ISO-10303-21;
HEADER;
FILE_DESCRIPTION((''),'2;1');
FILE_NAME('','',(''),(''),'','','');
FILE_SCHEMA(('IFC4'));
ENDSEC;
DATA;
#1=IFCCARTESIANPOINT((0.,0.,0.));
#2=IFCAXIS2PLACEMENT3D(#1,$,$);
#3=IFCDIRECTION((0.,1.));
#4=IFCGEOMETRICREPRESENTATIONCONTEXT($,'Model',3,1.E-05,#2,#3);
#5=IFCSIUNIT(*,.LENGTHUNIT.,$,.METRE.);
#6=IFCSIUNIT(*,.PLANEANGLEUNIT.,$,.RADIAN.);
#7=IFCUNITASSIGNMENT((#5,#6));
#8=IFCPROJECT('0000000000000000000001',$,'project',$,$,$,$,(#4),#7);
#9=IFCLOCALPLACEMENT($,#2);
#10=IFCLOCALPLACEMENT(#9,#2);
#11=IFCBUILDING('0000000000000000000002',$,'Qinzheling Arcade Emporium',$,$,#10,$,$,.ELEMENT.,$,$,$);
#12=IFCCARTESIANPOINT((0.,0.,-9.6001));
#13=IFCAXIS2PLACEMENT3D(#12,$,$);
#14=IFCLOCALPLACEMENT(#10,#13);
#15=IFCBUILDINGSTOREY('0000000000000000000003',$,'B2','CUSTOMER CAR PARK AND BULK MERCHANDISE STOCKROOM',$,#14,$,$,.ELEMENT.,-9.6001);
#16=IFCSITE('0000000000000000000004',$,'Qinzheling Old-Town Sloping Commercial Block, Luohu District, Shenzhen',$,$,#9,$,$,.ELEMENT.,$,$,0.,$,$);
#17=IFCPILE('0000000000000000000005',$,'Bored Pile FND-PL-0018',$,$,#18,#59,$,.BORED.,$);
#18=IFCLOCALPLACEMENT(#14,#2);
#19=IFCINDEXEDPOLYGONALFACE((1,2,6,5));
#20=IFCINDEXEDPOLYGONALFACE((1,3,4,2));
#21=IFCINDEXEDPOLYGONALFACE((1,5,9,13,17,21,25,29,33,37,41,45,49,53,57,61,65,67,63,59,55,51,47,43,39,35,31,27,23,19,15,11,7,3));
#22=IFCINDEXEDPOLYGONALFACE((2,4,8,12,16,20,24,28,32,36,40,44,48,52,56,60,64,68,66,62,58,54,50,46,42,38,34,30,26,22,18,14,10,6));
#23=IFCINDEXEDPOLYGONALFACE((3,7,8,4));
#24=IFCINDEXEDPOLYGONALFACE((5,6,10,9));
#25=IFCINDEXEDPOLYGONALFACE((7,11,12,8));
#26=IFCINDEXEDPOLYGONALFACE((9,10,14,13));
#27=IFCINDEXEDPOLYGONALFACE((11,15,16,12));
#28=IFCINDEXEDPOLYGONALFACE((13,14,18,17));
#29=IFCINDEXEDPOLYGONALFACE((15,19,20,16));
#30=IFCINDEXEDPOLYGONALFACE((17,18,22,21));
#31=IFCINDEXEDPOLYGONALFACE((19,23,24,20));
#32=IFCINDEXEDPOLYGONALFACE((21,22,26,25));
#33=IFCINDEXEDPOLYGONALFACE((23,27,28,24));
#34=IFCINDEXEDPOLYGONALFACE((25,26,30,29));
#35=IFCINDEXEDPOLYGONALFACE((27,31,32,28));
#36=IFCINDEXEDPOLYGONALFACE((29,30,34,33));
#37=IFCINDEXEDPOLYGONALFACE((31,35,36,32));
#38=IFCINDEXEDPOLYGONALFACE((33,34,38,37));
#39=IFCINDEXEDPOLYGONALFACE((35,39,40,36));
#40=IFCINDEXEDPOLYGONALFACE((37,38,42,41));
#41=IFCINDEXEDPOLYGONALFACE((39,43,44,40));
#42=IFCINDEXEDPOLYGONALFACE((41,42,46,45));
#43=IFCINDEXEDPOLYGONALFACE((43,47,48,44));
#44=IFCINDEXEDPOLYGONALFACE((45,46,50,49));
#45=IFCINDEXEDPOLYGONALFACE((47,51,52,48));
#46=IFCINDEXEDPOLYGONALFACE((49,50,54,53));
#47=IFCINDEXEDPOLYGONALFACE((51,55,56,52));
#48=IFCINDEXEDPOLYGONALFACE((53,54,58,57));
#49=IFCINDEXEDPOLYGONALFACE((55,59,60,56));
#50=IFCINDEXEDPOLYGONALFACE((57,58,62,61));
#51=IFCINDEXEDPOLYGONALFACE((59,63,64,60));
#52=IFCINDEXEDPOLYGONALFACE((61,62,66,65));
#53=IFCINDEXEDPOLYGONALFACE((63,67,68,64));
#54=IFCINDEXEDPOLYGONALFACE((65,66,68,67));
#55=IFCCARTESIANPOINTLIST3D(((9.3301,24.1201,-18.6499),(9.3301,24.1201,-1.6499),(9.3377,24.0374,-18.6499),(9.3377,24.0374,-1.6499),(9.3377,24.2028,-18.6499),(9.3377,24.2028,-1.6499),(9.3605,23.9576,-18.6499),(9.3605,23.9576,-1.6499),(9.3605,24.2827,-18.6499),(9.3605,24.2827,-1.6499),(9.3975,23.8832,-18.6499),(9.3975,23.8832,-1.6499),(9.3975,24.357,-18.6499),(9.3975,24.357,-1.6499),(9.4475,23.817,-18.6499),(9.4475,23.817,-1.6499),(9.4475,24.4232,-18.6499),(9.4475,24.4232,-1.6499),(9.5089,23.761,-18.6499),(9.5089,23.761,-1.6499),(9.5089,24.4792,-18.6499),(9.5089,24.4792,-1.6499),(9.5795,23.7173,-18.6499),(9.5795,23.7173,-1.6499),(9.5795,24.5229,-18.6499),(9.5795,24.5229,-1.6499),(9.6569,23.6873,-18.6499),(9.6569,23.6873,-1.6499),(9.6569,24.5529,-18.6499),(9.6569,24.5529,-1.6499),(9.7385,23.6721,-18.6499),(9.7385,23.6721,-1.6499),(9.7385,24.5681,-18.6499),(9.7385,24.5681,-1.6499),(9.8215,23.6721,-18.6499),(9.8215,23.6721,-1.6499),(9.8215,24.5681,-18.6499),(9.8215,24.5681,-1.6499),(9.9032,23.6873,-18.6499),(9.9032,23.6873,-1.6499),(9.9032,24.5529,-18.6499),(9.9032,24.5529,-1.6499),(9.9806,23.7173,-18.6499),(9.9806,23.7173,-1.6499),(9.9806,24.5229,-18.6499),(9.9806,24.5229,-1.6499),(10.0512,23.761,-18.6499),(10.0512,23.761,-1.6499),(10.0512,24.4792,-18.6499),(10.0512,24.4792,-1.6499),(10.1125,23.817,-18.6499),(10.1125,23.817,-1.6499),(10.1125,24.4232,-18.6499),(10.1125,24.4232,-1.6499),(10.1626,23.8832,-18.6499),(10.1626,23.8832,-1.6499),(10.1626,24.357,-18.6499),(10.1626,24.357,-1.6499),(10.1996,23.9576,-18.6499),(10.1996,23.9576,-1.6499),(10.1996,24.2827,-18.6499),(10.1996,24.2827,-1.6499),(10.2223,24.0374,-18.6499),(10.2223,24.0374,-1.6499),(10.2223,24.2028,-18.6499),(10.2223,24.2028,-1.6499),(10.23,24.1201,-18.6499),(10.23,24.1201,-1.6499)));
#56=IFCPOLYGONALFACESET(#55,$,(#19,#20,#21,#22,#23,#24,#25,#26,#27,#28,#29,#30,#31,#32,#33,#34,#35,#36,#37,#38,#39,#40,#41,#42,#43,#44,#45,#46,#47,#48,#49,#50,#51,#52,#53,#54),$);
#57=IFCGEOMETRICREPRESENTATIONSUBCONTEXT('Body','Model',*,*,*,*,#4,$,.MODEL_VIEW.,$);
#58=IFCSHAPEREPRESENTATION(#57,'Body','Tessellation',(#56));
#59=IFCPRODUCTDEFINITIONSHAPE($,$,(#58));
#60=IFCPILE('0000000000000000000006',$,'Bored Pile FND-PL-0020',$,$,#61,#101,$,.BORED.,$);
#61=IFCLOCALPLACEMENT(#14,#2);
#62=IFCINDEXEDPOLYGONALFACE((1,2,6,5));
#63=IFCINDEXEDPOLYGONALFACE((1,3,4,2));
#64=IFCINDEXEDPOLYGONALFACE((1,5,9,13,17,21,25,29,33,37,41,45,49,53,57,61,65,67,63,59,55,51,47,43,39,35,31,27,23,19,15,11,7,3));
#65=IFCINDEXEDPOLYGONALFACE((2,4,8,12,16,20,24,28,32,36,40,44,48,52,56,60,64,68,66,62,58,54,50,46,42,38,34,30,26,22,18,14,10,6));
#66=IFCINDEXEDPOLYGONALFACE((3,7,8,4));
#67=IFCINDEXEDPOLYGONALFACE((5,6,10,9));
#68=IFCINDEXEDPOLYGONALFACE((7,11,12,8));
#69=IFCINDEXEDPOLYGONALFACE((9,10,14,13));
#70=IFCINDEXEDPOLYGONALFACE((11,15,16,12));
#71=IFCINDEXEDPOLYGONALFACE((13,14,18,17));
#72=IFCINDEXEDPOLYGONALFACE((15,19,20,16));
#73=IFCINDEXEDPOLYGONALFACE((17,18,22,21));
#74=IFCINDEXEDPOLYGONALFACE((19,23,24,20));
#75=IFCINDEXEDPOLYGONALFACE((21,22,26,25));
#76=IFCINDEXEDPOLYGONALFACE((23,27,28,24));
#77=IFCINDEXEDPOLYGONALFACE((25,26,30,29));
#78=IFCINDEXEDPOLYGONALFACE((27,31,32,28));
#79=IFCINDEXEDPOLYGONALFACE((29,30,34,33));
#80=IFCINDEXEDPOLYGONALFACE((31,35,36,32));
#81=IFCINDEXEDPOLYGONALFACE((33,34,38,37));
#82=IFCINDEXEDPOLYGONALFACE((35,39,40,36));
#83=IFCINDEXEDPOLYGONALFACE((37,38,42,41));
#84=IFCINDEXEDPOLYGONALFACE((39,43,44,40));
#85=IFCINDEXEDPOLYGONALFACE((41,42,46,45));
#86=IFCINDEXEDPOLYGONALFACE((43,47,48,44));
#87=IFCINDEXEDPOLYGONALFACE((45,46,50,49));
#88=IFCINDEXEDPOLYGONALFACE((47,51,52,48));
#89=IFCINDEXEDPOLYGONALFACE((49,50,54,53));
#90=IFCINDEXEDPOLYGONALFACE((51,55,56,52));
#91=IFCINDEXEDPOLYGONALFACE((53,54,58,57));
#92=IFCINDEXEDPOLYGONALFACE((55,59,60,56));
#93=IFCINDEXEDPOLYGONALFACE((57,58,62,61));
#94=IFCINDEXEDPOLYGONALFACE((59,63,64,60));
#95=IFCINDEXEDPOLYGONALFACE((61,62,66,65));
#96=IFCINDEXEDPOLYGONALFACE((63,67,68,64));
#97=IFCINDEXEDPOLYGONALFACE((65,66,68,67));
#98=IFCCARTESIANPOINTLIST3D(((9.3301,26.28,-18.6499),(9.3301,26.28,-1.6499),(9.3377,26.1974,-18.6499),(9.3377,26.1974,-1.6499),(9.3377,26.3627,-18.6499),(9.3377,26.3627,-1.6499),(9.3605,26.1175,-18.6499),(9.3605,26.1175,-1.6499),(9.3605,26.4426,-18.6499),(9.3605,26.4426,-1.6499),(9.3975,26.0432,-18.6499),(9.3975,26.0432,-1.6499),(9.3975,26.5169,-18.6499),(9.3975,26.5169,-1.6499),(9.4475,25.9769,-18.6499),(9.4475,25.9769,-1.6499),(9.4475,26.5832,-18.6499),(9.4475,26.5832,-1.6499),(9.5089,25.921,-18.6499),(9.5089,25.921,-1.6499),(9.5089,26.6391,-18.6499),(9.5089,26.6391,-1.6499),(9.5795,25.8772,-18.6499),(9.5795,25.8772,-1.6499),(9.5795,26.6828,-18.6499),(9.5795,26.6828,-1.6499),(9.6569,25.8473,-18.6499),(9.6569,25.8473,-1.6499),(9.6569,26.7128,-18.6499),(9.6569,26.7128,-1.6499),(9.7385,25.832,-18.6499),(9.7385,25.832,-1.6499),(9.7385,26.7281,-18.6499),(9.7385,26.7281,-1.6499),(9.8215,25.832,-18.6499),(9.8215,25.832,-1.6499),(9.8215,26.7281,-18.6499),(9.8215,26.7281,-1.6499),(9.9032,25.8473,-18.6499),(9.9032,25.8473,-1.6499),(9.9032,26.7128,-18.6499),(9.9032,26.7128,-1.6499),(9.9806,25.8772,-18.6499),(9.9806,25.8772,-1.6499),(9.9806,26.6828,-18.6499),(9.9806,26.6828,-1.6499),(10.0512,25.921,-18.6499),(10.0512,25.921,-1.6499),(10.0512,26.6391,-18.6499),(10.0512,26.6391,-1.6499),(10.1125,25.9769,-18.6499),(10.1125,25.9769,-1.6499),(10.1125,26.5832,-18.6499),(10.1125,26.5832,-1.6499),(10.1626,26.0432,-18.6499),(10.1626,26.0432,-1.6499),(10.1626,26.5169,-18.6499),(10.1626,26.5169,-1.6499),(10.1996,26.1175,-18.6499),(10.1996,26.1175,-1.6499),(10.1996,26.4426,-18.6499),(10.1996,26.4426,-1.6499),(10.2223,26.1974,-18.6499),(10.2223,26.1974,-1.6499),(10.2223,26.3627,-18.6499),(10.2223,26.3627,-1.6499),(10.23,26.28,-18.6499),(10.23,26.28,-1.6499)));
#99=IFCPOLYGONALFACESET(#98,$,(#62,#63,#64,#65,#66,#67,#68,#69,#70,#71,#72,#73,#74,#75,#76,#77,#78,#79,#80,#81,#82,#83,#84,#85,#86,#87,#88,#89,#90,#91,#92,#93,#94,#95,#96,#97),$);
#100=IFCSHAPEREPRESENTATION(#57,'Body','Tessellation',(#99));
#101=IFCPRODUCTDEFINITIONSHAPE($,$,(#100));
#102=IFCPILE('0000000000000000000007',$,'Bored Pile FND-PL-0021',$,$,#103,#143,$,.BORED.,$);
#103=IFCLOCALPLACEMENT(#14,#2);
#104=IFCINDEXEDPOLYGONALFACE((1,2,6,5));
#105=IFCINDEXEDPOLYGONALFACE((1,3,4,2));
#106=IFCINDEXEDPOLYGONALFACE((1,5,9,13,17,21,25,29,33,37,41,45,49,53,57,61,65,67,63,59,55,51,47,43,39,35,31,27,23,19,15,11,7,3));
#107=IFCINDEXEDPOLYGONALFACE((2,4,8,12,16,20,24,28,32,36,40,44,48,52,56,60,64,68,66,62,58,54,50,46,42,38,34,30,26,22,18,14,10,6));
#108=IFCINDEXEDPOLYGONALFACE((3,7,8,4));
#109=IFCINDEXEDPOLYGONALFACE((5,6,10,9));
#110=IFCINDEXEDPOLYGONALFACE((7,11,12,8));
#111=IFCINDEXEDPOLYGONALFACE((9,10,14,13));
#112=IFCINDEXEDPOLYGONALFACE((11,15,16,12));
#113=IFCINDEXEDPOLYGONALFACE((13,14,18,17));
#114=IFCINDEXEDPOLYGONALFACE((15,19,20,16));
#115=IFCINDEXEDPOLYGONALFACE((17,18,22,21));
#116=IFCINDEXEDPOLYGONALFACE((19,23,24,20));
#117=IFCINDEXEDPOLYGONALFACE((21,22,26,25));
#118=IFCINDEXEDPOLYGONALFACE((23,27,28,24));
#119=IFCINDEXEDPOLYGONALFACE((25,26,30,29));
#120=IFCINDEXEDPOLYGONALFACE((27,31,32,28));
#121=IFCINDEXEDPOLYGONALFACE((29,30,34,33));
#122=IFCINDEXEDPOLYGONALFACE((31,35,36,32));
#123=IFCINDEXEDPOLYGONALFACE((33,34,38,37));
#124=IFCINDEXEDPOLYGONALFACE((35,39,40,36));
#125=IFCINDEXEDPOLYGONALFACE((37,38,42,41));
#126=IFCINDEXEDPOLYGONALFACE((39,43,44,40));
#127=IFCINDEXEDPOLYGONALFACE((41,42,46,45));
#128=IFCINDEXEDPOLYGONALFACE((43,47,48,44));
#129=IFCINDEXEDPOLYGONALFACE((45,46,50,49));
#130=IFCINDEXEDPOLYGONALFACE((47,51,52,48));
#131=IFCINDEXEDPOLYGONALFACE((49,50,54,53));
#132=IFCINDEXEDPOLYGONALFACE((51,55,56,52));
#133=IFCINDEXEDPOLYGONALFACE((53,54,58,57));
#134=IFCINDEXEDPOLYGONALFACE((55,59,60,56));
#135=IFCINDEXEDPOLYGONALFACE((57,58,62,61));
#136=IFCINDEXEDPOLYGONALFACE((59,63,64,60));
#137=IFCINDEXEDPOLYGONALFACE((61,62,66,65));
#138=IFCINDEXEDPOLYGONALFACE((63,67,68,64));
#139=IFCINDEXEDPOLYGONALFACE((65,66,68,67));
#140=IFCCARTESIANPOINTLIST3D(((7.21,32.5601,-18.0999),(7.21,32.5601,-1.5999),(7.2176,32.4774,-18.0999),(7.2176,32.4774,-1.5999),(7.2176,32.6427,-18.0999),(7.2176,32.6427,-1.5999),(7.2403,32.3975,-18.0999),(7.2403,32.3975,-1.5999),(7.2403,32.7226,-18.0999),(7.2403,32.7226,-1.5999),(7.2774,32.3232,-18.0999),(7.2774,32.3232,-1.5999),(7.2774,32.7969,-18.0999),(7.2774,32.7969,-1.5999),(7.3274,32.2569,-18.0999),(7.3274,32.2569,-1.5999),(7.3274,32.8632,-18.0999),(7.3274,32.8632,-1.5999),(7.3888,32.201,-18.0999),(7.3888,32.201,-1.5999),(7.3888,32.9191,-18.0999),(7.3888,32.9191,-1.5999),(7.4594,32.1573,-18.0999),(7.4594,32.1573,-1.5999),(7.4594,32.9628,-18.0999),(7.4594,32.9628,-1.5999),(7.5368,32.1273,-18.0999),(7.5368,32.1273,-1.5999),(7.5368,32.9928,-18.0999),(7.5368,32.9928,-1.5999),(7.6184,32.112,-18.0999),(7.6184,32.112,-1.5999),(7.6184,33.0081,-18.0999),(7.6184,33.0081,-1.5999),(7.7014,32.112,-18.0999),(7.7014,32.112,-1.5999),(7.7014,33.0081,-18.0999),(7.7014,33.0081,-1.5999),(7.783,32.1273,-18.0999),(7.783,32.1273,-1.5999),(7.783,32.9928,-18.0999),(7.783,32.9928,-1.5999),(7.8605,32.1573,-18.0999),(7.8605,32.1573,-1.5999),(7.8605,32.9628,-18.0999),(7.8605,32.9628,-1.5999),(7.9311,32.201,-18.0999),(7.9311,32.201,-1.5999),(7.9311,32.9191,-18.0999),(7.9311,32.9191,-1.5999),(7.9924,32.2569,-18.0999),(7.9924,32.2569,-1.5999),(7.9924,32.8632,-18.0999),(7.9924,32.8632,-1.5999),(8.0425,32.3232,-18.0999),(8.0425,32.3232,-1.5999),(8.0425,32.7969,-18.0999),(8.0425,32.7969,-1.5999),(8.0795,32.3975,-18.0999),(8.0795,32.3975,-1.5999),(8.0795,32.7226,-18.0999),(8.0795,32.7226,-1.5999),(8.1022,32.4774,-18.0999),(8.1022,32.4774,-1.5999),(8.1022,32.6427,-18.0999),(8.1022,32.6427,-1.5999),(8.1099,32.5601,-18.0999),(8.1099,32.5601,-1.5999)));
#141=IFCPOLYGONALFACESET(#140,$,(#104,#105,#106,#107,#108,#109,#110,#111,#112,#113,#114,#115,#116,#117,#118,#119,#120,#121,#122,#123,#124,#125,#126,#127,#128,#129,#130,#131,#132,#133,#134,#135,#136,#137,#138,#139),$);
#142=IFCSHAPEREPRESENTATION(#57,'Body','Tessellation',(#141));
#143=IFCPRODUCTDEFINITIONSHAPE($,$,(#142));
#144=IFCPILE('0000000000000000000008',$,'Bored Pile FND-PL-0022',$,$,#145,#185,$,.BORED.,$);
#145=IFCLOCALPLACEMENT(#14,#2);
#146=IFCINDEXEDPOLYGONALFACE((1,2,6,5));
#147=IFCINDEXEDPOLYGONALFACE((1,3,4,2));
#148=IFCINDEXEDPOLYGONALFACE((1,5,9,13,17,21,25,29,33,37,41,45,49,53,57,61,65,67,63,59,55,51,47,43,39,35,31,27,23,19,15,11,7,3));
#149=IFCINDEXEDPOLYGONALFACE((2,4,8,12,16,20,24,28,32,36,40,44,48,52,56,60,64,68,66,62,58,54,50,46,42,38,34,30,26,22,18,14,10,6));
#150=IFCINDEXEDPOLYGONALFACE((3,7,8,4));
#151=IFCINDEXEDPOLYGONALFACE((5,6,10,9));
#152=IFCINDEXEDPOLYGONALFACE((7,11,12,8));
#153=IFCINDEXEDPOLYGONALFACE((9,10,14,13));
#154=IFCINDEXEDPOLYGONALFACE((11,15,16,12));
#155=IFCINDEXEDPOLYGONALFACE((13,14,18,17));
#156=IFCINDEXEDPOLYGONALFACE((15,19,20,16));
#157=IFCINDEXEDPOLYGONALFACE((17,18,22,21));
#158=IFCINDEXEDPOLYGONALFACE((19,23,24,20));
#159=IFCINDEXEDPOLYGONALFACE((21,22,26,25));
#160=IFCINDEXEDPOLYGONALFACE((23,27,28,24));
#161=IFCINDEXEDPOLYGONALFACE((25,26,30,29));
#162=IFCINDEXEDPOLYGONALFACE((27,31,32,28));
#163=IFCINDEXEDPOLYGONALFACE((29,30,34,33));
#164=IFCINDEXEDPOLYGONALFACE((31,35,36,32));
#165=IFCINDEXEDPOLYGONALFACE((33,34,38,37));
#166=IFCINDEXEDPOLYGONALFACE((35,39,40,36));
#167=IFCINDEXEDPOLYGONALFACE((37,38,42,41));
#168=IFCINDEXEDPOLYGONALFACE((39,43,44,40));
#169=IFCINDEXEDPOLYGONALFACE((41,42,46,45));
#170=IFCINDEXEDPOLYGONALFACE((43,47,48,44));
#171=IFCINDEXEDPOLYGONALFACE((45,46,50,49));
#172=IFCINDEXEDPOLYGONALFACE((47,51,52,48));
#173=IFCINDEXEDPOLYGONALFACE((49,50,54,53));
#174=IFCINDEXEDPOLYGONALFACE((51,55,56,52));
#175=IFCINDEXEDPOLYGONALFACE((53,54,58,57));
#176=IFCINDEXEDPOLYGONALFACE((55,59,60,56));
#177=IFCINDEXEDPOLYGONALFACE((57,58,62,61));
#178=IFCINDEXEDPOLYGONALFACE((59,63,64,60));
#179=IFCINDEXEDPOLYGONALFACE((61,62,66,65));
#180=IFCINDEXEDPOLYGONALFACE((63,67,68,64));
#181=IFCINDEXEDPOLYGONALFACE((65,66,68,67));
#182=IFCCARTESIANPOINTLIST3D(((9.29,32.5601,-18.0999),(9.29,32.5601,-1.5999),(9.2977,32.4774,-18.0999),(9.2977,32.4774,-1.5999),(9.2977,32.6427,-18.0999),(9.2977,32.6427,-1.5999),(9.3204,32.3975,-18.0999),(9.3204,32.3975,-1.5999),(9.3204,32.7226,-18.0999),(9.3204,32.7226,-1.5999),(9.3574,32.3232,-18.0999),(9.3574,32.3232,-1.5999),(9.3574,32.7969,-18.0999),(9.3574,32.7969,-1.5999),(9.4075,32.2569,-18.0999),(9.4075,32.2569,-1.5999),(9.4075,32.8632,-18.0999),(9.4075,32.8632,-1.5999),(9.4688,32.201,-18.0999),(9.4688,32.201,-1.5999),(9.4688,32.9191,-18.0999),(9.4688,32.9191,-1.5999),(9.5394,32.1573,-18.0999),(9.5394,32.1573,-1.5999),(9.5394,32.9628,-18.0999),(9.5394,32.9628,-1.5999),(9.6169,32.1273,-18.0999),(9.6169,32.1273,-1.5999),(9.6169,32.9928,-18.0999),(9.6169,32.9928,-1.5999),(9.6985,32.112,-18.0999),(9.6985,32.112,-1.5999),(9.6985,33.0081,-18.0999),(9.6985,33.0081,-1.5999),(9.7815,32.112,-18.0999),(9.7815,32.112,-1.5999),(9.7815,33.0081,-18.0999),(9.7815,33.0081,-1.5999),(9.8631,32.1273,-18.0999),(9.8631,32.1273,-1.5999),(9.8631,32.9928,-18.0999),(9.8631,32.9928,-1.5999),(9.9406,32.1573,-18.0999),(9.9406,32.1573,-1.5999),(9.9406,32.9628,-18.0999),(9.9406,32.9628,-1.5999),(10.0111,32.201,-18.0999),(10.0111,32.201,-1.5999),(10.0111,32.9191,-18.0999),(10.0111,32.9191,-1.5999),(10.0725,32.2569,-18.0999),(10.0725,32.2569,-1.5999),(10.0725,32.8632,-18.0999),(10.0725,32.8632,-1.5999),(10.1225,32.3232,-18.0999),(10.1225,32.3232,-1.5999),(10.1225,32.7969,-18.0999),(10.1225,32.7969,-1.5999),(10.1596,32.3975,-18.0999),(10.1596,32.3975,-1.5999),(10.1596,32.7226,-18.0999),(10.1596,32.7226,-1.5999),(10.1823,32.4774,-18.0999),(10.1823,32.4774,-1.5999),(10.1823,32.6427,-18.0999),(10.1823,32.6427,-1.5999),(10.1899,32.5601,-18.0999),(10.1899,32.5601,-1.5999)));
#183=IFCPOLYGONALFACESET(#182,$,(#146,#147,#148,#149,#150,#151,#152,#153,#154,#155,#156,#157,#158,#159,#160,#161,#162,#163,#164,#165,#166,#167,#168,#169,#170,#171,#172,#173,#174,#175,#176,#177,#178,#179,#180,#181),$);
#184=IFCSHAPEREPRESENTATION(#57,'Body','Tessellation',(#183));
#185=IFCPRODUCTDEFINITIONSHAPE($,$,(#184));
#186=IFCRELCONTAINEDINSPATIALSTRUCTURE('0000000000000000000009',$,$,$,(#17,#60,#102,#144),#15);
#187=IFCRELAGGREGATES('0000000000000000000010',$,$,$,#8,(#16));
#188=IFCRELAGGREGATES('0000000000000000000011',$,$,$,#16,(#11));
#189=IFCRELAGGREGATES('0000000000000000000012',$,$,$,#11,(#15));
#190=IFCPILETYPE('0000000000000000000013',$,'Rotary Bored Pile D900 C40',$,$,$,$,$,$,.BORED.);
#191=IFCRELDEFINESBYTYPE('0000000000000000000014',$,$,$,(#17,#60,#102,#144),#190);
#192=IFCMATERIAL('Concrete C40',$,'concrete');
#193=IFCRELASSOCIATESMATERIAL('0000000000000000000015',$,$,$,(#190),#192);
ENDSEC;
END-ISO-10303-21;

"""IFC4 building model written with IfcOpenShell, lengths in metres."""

from ifc_helpers import new_model, si_unit, direction, frame, origin, origin_2d, place, context, subcontext, project, spatial, circle, extrude, material, material_profile, profile_set, type_object, element, save


model = new_model("IFC4")

# Units and contexts
model_context = context("Model", 3, precision=1e-05, world=origin(), true_north=direction((0.0, 1.0)))
body_context = subcontext(model_context, "Body", "Model", "MODEL_VIEW")
ifc_project = project(units=[si_unit("LENGTHUNIT", "METRE"), si_unit("PLANEANGLEUNIT", "RADIAN")], contexts=[model_context])

# Site, building, storey
site_placement = place(None, origin())
site = spatial("IfcSite", under=ifc_project, at=site_placement, Name="Qinzheling Old-Town Sloping Commercial Block, Luohu District, Shenzhen", CompositionType="ELEMENT", RefElevation=0.0)
building_placement = place(site_placement, origin())
building = spatial("IfcBuilding", under=site, at=building_placement, Name="Qinzheling Arcade Emporium", CompositionType="ELEMENT")
storey_placement = place(building_placement, frame((0.0, 0.0, -9.6001)))
storey = spatial("IfcBuildingStorey", under=building, at=storey_placement, Name="B2", Description="CUSTOMER CAR PARK AND BULK MERCHANDISE STOCKROOM", CompositionType="ELEMENT", Elevation=-9.6001)

# Shared definitions
ifc_material_1 = material(Name="Concrete C40", Category="concrete")

# Piles
ifc_material_profile_1 = material_profile(ifc_material_1, circle(Radius=0.45, at=origin_2d()), Name="BORED D900", Category="concrete")
ifc_profile_set_1 = profile_set([ifc_material_profile_1], Name="Concrete C40")
pile_type_1 = type_object("IfcPileType", Name="Rotary Bored Pile D900 C40", PredefinedType="BORED", material=ifc_profile_set_1)
for number, where, z_axis, x_axis, name in (
    (1, (9.78, 24.1201, -1.6499), (0.0, 0.0, -1.0), (1.0, 0.0, 0.0), "Bored Pile FND-PL-0018"),
    (2, (9.78, 26.28, -1.6499), (0.0, 0.0, -1.0), (1.0, 0.0, 0.0), "Bored Pile FND-PL-0020"),
):
    element("IfcPile", number, at=place(storey_placement, frame(where, z_axis=z_axis, x_axis=x_axis)), inside=storey, type_object=pile_type_1, Name=name, PredefinedType="BORED", context=body_context, shape_type="SweptSolid", body=[
        extrude(circle(Radius=0.45, at=origin_2d()), origin(), (0.0, 0.0, 1.0), 17.0),
    ])
for number, where, z_axis, x_axis, name in (
    (3, (7.6599, 32.5601, -1.5999), (0.0, 0.0, -1.0), (1.0, 0.0, 0.0), "Bored Pile FND-PL-0021"),
    (4, (9.74, 32.5601, -1.5999), (0.0, 0.0, -1.0), (1.0, 0.0, 0.0), "Bored Pile FND-PL-0022"),
):
    element("IfcPile", number, at=place(storey_placement, frame(where, z_axis=z_axis, x_axis=x_axis)), inside=storey, type_object=pile_type_1, Name=name, PredefinedType="BORED", context=body_context, shape_type="SweptSolid", body=[
        extrude(circle(Radius=0.45, at=origin_2d()), origin(), (0.0, 0.0, 1.0), 16.5),
    ])

save(model, "model.ifc")
